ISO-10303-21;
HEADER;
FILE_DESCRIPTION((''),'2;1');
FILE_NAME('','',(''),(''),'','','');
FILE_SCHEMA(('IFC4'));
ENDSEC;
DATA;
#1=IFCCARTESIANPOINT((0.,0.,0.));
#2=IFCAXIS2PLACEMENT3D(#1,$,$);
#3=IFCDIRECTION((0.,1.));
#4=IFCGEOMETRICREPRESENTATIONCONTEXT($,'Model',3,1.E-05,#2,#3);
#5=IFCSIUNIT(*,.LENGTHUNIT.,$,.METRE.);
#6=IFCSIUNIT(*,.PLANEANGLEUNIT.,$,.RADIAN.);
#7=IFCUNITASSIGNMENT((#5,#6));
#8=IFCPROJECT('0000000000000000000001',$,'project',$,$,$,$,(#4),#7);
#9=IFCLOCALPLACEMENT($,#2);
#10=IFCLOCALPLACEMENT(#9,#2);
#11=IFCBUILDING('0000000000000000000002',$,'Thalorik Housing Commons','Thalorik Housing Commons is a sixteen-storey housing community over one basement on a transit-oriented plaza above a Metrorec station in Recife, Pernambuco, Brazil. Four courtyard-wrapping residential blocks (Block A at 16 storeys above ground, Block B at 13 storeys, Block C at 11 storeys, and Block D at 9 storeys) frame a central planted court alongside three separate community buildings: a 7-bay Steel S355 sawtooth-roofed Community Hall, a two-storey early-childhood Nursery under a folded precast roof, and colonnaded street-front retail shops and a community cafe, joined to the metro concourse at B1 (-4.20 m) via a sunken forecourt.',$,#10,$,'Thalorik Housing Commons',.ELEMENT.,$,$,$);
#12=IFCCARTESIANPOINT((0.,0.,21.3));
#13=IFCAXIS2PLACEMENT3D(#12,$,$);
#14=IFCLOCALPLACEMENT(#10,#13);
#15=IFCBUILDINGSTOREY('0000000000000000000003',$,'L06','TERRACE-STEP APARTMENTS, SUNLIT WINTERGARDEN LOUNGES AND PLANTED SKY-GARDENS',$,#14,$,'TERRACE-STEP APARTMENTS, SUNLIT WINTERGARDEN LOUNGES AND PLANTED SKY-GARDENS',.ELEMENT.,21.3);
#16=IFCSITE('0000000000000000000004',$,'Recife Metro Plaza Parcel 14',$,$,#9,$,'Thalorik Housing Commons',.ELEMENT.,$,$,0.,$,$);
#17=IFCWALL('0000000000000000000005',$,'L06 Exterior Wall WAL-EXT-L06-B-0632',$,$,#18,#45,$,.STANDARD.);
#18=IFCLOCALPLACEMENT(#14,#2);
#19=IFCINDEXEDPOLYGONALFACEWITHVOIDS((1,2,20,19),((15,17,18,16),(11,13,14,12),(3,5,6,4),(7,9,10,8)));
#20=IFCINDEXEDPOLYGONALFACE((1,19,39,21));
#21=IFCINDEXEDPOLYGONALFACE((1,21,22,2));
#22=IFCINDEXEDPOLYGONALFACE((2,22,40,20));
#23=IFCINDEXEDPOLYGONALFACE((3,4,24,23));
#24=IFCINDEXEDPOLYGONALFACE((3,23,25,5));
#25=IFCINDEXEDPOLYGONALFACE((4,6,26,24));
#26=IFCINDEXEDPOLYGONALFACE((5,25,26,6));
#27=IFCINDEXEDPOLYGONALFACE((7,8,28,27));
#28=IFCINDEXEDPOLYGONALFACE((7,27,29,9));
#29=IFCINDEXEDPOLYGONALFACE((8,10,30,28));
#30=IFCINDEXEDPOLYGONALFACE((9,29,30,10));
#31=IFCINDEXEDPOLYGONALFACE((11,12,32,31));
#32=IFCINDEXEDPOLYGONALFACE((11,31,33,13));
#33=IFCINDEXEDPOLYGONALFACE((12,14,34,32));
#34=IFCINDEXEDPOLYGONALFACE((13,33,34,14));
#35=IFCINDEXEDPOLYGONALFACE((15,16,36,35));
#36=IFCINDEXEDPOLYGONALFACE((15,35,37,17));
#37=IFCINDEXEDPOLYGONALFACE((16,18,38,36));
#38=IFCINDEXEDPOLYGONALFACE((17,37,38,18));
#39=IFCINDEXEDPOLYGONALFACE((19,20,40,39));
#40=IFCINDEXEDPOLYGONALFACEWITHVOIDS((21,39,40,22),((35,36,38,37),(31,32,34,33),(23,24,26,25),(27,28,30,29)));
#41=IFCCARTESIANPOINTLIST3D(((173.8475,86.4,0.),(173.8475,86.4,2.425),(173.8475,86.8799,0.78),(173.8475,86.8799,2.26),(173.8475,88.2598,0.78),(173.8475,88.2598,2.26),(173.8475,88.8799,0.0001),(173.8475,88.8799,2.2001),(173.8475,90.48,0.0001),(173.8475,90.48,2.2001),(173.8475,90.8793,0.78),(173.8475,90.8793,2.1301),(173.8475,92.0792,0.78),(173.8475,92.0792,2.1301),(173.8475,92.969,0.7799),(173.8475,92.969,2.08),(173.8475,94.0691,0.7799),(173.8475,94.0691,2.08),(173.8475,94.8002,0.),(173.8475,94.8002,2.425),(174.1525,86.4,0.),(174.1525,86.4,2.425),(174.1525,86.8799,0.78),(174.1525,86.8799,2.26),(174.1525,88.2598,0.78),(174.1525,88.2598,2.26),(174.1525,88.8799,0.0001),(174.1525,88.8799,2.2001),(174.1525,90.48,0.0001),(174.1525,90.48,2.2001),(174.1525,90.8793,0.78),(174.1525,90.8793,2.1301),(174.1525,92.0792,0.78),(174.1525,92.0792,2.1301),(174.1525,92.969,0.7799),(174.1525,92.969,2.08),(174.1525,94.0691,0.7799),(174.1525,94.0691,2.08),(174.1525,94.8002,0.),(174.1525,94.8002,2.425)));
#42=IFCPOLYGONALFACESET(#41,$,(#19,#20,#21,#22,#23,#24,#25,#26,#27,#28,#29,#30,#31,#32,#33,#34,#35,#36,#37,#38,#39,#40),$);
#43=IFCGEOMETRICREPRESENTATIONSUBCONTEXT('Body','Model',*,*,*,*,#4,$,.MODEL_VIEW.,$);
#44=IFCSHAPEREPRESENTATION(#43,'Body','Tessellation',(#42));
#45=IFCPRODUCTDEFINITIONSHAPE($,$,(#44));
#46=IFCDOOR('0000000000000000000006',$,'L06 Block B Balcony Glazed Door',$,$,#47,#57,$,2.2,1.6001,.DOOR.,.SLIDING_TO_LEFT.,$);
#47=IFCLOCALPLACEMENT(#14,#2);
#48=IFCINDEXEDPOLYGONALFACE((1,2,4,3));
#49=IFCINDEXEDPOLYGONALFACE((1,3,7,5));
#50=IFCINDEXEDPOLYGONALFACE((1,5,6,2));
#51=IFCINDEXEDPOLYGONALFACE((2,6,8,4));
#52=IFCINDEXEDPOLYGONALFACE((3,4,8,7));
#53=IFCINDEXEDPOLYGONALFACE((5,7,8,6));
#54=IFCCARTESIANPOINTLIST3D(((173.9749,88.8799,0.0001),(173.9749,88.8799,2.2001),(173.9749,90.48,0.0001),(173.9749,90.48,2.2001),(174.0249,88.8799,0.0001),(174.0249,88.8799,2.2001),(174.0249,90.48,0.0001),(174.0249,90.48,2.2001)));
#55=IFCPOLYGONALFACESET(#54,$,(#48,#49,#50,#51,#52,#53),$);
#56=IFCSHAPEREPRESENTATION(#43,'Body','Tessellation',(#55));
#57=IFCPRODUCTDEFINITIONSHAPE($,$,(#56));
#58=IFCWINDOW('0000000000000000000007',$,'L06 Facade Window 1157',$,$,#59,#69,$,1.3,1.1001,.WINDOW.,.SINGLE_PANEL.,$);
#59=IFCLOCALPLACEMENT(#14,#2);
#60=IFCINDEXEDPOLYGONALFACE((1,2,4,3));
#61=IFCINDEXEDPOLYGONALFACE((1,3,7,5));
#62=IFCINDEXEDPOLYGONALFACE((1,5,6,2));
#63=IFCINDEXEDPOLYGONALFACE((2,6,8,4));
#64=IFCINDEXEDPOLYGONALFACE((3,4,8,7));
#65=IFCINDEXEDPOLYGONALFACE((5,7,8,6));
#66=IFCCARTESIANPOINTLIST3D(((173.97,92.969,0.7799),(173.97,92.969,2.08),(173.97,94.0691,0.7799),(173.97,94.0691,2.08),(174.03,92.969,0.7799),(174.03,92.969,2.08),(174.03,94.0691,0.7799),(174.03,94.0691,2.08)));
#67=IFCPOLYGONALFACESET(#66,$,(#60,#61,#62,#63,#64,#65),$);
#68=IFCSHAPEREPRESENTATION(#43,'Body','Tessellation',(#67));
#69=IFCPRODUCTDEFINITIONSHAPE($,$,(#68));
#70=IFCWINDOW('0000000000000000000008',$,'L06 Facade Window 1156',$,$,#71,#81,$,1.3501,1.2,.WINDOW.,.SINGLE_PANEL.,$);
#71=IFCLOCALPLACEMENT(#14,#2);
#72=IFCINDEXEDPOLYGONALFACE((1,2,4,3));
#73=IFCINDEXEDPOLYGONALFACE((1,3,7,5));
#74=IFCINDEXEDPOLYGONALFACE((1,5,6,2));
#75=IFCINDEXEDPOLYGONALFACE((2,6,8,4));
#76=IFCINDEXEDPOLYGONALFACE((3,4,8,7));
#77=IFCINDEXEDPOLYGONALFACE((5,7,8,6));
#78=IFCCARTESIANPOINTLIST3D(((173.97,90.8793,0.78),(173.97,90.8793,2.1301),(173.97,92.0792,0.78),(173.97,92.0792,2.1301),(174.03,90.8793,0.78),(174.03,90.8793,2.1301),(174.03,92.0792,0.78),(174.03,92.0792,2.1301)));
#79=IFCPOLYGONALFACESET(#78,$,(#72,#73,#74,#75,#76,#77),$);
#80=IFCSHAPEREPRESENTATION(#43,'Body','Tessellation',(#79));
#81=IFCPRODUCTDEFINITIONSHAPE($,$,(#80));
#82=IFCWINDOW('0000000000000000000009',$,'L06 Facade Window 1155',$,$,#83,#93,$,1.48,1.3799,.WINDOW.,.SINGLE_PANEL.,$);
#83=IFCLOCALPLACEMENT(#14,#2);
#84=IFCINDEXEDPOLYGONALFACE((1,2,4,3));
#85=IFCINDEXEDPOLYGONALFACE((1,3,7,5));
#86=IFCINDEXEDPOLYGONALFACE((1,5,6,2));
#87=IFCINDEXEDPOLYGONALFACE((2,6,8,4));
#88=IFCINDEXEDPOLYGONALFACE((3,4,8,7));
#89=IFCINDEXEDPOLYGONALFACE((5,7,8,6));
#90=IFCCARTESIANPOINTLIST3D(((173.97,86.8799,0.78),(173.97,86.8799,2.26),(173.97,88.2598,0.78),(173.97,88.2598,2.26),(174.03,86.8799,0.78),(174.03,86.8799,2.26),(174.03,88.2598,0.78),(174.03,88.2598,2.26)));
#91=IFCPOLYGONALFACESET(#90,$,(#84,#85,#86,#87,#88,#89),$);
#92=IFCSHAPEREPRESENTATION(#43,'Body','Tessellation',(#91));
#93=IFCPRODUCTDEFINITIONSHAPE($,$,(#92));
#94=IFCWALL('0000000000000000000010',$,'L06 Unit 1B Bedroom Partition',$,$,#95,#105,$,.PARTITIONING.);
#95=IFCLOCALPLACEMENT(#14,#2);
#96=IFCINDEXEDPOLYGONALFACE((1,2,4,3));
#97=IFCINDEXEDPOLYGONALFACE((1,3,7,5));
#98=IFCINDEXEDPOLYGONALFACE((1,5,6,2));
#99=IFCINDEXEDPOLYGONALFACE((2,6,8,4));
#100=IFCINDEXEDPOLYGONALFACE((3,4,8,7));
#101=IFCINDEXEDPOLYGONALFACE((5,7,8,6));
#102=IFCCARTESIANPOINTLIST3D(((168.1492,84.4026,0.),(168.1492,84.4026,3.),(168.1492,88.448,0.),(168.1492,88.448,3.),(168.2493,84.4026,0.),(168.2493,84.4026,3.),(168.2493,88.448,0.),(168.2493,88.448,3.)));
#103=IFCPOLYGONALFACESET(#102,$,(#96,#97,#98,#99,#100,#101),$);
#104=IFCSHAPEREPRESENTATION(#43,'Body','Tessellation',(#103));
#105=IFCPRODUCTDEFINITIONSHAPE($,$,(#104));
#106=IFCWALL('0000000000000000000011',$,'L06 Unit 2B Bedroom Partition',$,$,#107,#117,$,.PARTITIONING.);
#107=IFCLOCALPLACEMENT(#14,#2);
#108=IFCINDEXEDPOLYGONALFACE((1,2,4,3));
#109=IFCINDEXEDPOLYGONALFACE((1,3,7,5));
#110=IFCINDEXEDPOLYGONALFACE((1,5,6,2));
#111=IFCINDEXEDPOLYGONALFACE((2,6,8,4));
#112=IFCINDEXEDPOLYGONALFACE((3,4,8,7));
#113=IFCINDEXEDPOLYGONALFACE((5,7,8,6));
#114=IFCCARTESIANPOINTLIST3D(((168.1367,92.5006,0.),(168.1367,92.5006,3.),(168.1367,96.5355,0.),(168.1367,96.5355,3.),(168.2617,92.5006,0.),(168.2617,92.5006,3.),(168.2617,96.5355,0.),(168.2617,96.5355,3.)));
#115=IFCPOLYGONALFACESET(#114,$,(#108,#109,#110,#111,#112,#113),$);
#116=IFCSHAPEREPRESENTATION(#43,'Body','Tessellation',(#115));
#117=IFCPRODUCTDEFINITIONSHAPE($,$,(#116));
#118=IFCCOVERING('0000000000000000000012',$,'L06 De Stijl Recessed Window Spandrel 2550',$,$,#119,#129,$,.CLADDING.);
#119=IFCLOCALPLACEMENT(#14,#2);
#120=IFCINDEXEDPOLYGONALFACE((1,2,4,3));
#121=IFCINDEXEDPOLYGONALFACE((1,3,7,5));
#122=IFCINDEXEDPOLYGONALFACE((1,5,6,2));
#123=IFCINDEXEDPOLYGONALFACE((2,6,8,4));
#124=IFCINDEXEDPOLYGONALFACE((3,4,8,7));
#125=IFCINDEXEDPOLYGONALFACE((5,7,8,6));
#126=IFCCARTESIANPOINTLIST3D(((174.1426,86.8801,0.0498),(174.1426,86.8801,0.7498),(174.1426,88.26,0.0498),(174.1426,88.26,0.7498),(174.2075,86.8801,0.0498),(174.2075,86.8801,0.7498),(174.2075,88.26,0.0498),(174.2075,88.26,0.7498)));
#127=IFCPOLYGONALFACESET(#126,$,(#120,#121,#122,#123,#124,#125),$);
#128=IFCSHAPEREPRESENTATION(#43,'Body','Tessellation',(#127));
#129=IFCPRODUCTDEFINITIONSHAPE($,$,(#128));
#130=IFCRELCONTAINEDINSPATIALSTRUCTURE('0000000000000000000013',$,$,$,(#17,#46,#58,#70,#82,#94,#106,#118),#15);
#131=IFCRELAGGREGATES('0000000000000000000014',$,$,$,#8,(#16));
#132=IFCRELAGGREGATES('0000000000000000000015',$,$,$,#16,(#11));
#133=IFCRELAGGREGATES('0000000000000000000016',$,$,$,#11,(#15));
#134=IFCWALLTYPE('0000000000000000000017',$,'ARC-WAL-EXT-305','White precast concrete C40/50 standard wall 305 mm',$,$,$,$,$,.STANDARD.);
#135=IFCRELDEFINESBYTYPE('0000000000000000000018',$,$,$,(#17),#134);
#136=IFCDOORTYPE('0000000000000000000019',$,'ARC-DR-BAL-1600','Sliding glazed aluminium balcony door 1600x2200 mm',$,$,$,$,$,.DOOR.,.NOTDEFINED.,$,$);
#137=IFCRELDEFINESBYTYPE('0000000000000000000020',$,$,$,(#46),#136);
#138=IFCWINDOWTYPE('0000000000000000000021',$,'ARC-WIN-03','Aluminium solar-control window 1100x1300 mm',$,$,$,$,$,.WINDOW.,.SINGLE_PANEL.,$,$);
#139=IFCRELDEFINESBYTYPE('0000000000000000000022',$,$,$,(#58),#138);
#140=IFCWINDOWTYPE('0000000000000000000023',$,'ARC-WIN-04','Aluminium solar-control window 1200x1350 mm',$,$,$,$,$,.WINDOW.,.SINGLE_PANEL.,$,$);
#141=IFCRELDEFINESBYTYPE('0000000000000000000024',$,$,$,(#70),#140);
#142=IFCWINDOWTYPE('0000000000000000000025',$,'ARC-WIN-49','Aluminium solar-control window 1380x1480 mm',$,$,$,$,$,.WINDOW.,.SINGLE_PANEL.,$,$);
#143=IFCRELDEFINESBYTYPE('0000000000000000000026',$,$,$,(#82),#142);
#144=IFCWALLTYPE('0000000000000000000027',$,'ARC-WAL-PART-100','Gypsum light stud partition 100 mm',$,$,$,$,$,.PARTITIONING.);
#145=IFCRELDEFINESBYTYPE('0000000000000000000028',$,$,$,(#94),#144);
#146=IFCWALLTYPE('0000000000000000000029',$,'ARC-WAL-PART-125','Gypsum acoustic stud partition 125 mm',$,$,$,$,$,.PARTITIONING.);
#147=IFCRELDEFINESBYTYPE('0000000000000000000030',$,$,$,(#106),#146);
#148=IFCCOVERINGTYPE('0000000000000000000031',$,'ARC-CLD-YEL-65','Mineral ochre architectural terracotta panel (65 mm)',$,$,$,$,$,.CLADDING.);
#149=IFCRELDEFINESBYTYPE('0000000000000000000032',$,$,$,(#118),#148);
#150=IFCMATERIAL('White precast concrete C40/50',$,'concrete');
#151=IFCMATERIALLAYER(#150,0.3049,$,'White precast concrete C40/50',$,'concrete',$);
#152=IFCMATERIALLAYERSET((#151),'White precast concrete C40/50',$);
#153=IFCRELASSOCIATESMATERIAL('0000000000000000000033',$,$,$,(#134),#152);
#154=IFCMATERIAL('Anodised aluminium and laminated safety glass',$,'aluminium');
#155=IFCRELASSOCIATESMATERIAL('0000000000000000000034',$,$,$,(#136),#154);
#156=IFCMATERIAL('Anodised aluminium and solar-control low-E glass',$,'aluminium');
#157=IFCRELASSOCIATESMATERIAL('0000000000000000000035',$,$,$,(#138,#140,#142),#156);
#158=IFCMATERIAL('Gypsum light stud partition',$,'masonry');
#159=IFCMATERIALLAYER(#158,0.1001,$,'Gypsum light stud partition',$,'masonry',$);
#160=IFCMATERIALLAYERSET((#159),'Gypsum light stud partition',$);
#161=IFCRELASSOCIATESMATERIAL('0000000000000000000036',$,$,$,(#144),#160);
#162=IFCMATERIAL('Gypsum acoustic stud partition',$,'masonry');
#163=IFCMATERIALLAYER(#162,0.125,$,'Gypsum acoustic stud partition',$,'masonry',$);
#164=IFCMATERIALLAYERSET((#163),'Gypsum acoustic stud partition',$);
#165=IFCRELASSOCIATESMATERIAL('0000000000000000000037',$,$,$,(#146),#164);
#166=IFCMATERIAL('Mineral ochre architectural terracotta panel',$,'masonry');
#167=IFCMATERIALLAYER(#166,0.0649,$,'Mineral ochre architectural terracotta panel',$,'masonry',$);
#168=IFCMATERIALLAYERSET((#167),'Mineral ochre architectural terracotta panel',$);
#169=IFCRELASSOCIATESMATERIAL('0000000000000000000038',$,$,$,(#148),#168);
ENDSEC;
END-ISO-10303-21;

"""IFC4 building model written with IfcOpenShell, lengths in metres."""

from ifc_helpers import new_model, si_unit, direction, frame, frame_2d, origin, origin_2d, place, context, subcontext, project, spatial, rectangle, extrude, material, layer, layer_set, type_object, element, fill, save


model = new_model("IFC4")

# Units and contexts
model_context = context("Model", 3, precision=1e-05, world=origin(), true_north=direction((0.0, 1.0)))
body_context = subcontext(model_context, "Body", "Model", "MODEL_VIEW")
ifc_project = project(units=[si_unit("LENGTHUNIT", "METRE"), si_unit("PLANEANGLEUNIT", "RADIAN")], contexts=[model_context])

# Site, building, storey
site_placement = place(None, origin())
site = spatial("IfcSite", under=ifc_project, at=site_placement, Name="Recife Metro Plaza Parcel 14", LongName="Thalorik Housing Commons", CompositionType="ELEMENT", RefElevation=0.0)
building_placement = place(site_placement, origin())
building = spatial("IfcBuilding", under=site, at=building_placement, Name="Thalorik Housing Commons", Description="Thalorik Housing Commons is a sixteen-storey housing community over one basement on a transit-oriented plaza above a Metrorec station in Recife, Pernambuco, Brazil. Four courtyard-wrapping residential blocks (Block A at 16 storeys above ground, Block B at 13 storeys, Block C at 11 storeys, and Block D at 9 storeys) frame a central planted court alongside three separate community buildings: a 7-bay Steel S355 sawtooth-roofed Community Hall, a two-storey early-childhood Nursery under a folded precast roof, and colonnaded street-front retail shops and a community cafe, joined to the metro concourse at B1 (-4.20 m) via a sunken forecourt.", LongName="Thalorik Housing Commons", CompositionType="ELEMENT")
storey_placement = place(building_placement, frame((0.0, 0.0, 21.3)))
storey = spatial("IfcBuildingStorey", under=building, at=storey_placement, Name="L06", Description="TERRACE-STEP APARTMENTS, SUNLIT WINTERGARDEN LOUNGES AND PLANTED SKY-GARDENS", LongName="TERRACE-STEP APARTMENTS, SUNLIT WINTERGARDEN LOUNGES AND PLANTED SKY-GARDENS", CompositionType="ELEMENT", Elevation=21.3)

# Wall, openings, door, windows
ifc_material_1 = material(Name="White precast concrete C40/50", Category="concrete")
ifc_layer_1 = layer(ifc_material_1, 0.3049, Name="White precast concrete C40/50", Category="concrete")
ifc_layer_set_1 = layer_set([ifc_layer_1], Name="White precast concrete C40/50")
wall_type_1 = type_object("IfcWallType", Name="ARC-WAL-EXT-305", Description="White precast concrete C40/50 standard wall 305 mm", PredefinedType="STANDARD", material=ifc_layer_set_1)
wall_1_placement = place(storey_placement, frame((174.0, 86.3999, 0.0), z_axis=(0.0, 0.0, 1.0), x_axis=(0.0, 1.0, 0.0)))
wall_1 = element("IfcWall", 1, at=wall_1_placement, inside=storey, type_object=wall_type_1, Name="L06 Exterior Wall WAL-EXT-L06-B-0632", PredefinedType="STANDARD", context=body_context, shape_type="SweptSolid", body=[
    extrude(rectangle(XDim=8.4001, YDim=0.3049, at=frame_2d((4.2002, 0.0))), origin(), (0.0, 0.0, 1.0), 2.425),
])
opening_1_placement = place(wall_1_placement, frame((2.48, 0.0, 0.0)))
opening_1 = element("IfcOpeningElement", 2, at=opening_1_placement, cuts=wall_1, PredefinedType="OPENING", context=body_context, shape_type="SweptSolid", body=[
    extrude(rectangle(XDim=1.6001, YDim=2.2, at=frame_2d((0.8, 1.1001))), frame((0.0, 0.1626, 0.0), z_axis=(0.0, -1.0, 0.0), x_axis=(1.0, 0.0, 0.0)), (0.0, 0.0, 1.0), 0.325),
])
opening_2_placement = place(wall_1_placement, frame((0.48, 0.0, 0.78)))
opening_2 = element("IfcOpeningElement", 3, at=opening_2_placement, cuts=wall_1, PredefinedType="OPENING", context=body_context, shape_type="SweptSolid", body=[
    extrude(rectangle(XDim=1.3799, YDim=1.48, at=frame_2d((0.6899, 0.74))), frame((0.0, 0.1626, 0.0), z_axis=(0.0, -1.0, 0.0), x_axis=(1.0, 0.0, 0.0)), (0.0, 0.0, 1.0), 0.325),
])
opening_3_placement = place(wall_1_placement, frame((4.4792, 0.0, 0.78)))
opening_3 = element("IfcOpeningElement", 4, at=opening_3_placement, cuts=wall_1, PredefinedType="OPENING", context=body_context, shape_type="SweptSolid", body=[
    extrude(rectangle(XDim=1.2, YDim=1.3501, at=frame_2d((0.6001, 0.675))), frame((0.0, 0.1626, 0.0), z_axis=(0.0, -1.0, 0.0), x_axis=(1.0, 0.0, 0.0)), (0.0, 0.0, 1.0), 0.325),
])
opening_4_placement = place(wall_1_placement, frame((6.5691, 0.0, 0.78)))
opening_4 = element("IfcOpeningElement", 5, at=opening_4_placement, cuts=wall_1, PredefinedType="OPENING", context=body_context, shape_type="SweptSolid", body=[
    extrude(rectangle(XDim=1.1001, YDim=1.3, at=frame_2d((0.55, 0.6499))), frame((0.0, 0.1626, 0.0), z_axis=(0.0, -1.0, 0.0), x_axis=(1.0, 0.0, 0.0)), (0.0, 0.0, 1.0), 0.325),
])
ifc_material_2 = material(Name="Anodised aluminium and laminated safety glass", Category="aluminium")
door_type = type_object("IfcDoorType", Name="ARC-DR-BAL-1600", Description="Sliding glazed aluminium balcony door 1600x2200 mm", OperationType="NOTDEFINED", PredefinedType="DOOR", material=ifc_material_2)
door_placement = place(opening_1_placement, frame((1.6001, 0.0, 0.0), z_axis=(0.0, 0.0, 1.0), x_axis=(-1.0, 0.0, 0.0)))
door = element("IfcDoor", 6, at=door_placement, inside=storey, type_object=door_type, Name="L06 Block B Balcony Glazed Door", OperationType="SLIDING_TO_LEFT", OverallHeight=2.2, OverallWidth=1.6001, PredefinedType="DOOR", context=body_context, shape_type="SweptSolid", body=[
    extrude(rectangle(XDim=1.6001, YDim=2.2, at=frame_2d((0.8, 1.1001))), frame((0.0, 0.0249, 0.0), z_axis=(0.0, -1.0, 0.0), x_axis=(1.0, 0.0, 0.0)), (0.0, 0.0, 1.0), 0.05),
])
fill(opening_1, door)
ifc_material_3 = material(Name="Anodised aluminium and solar-control low-E glass", Category="aluminium")
window_type_1 = type_object("IfcWindowType", Name="ARC-WIN-03", Description="Aluminium solar-control window 1100x1300 mm", PartitioningType="SINGLE_PANEL", PredefinedType="WINDOW", material=ifc_material_3)
window_1_placement = place(opening_4_placement, origin())
window_1 = element("IfcWindow", 7, at=window_1_placement, inside=storey, type_object=window_type_1, Name="L06 Facade Window 1157", OverallHeight=1.3, OverallWidth=1.1001, PartitioningType="SINGLE_PANEL", PredefinedType="WINDOW", context=body_context, shape_type="SweptSolid", body=[
    extrude(rectangle(XDim=1.1001, YDim=1.3, at=frame_2d((0.55, 0.6499))), frame((0.0, 0.03, 0.0), z_axis=(0.0, -1.0, 0.0), x_axis=(1.0, 0.0, 0.0)), (0.0, 0.0, 1.0), 0.0601),
])
fill(opening_4, window_1)
window_type_2 = type_object("IfcWindowType", Name="ARC-WIN-04", Description="Aluminium solar-control window 1200x1350 mm", PartitioningType="SINGLE_PANEL", PredefinedType="WINDOW", material=ifc_material_3)
window_2_placement = place(opening_3_placement, origin())
window_2 = element("IfcWindow", 8, at=window_2_placement, inside=storey, type_object=window_type_2, Name="L06 Facade Window 1156", OverallHeight=1.3501, OverallWidth=1.2, PartitioningType="SINGLE_PANEL", PredefinedType="WINDOW", context=body_context, shape_type="SweptSolid", body=[
    extrude(rectangle(XDim=1.2, YDim=1.3501, at=frame_2d((0.6001, 0.675))), frame((0.0, 0.03, 0.0), z_axis=(0.0, -1.0, 0.0), x_axis=(1.0, 0.0, 0.0)), (0.0, 0.0, 1.0), 0.0601),
])
fill(opening_3, window_2)
window_type_3 = type_object("IfcWindowType", Name="ARC-WIN-49", Description="Aluminium solar-control window 1380x1480 mm", PartitioningType="SINGLE_PANEL", PredefinedType="WINDOW", material=ifc_material_3)
window_3_placement = place(opening_2_placement, origin())
window_3 = element("IfcWindow", 9, at=window_3_placement, inside=storey, type_object=window_type_3, Name="L06 Facade Window 1155", OverallHeight=1.48, OverallWidth=1.3799, PartitioningType="SINGLE_PANEL", PredefinedType="WINDOW", context=body_context, shape_type="SweptSolid", body=[
    extrude(rectangle(XDim=1.3799, YDim=1.48, at=frame_2d((0.6899, 0.74))), frame((0.0, 0.03, 0.0), z_axis=(0.0, -1.0, 0.0), x_axis=(1.0, 0.0, 0.0)), (0.0, 0.0, 1.0), 0.0601),
])
fill(opening_2, window_3)

# Walls
ifc_material_4 = material(Name="Gypsum light stud partition", Category="masonry")
ifc_layer_2 = layer(ifc_material_4, 0.1001, Name="Gypsum light stud partition", Category="masonry")
ifc_layer_set_2 = layer_set([ifc_layer_2], Name="Gypsum light stud partition")
wall_type_2 = type_object("IfcWallType", Name="ARC-WAL-PART-100", Description="Gypsum light stud partition 100 mm", PredefinedType="PARTITIONING", material=ifc_layer_set_2)
wall_2_placement = place(storey_placement, frame((168.1992, 84.4026, 0.0), z_axis=(0.0, 0.0, 1.0), x_axis=(0.0, 1.0, 0.0)))
element("IfcWall", 10, at=wall_2_placement, inside=storey, type_object=wall_type_2, Name="L06 Unit 1B Bedroom Partition", PredefinedType="PARTITIONING", context=body_context, shape_type="SweptSolid", body=[
    extrude(rectangle(XDim=4.0454, YDim=0.1001, at=frame_2d((2.0227, 0.0))), origin(), (0.0, 0.0, 1.0), 3.0),
])
ifc_material_5 = material(Name="Gypsum acoustic stud partition", Category="masonry")
ifc_layer_3 = layer(ifc_material_5, 0.125, Name="Gypsum acoustic stud partition", Category="masonry")
ifc_layer_set_3 = layer_set([ifc_layer_3], Name="Gypsum acoustic stud partition")
wall_type_3 = type_object("IfcWallType", Name="ARC-WAL-PART-125", Description="Gypsum acoustic stud partition 125 mm", PredefinedType="PARTITIONING", material=ifc_layer_set_3)
wall_3_placement = place(storey_placement, frame((168.1992, 92.5005, 0.0), z_axis=(0.0, 0.0, 1.0), x_axis=(0.0, 1.0, 0.0)))
element("IfcWall", 11, at=wall_3_placement, inside=storey, type_object=wall_type_3, Name="L06 Unit 2B Bedroom Partition", PredefinedType="PARTITIONING", context=body_context, shape_type="SweptSolid", body=[
    extrude(rectangle(XDim=4.0349, YDim=0.125, at=frame_2d((2.0176, 0.0))), origin(), (0.0, 0.0, 1.0), 3.0),
])

# Covering
ifc_material_6 = material(Name="Mineral ochre architectural terracotta panel", Category="masonry")
ifc_layer_4 = layer(ifc_material_6, 0.0649, Name="Mineral ochre architectural terracotta panel", Category="masonry")
ifc_layer_set_4 = layer_set([ifc_layer_4], Name="Mineral ochre architectural terracotta panel")
covering_type_1 = type_object("IfcCoveringType", Name="ARC-CLD-YEL-65", Description="Mineral ochre architectural terracotta panel (65 mm)", PredefinedType="CLADDING", material=ifc_layer_set_4)
covering_1_placement = place(storey_placement, frame((174.175, 87.5701, 0.0498), z_axis=(0.0, 0.0, 1.0), x_axis=(0.0, 1.0, 0.0)))
element("IfcCovering", 12, at=covering_1_placement, inside=storey, type_object=covering_type_1, Name="L06 De Stijl Recessed Window Spandrel 2550", PredefinedType="CLADDING", context=body_context, shape_type="SweptSolid", body=[
    extrude(rectangle(XDim=1.3799, YDim=0.0649, at=origin_2d()), origin(), (0.0, 0.0, 1.0), 0.7),
])

save(model, "model.ifc")
